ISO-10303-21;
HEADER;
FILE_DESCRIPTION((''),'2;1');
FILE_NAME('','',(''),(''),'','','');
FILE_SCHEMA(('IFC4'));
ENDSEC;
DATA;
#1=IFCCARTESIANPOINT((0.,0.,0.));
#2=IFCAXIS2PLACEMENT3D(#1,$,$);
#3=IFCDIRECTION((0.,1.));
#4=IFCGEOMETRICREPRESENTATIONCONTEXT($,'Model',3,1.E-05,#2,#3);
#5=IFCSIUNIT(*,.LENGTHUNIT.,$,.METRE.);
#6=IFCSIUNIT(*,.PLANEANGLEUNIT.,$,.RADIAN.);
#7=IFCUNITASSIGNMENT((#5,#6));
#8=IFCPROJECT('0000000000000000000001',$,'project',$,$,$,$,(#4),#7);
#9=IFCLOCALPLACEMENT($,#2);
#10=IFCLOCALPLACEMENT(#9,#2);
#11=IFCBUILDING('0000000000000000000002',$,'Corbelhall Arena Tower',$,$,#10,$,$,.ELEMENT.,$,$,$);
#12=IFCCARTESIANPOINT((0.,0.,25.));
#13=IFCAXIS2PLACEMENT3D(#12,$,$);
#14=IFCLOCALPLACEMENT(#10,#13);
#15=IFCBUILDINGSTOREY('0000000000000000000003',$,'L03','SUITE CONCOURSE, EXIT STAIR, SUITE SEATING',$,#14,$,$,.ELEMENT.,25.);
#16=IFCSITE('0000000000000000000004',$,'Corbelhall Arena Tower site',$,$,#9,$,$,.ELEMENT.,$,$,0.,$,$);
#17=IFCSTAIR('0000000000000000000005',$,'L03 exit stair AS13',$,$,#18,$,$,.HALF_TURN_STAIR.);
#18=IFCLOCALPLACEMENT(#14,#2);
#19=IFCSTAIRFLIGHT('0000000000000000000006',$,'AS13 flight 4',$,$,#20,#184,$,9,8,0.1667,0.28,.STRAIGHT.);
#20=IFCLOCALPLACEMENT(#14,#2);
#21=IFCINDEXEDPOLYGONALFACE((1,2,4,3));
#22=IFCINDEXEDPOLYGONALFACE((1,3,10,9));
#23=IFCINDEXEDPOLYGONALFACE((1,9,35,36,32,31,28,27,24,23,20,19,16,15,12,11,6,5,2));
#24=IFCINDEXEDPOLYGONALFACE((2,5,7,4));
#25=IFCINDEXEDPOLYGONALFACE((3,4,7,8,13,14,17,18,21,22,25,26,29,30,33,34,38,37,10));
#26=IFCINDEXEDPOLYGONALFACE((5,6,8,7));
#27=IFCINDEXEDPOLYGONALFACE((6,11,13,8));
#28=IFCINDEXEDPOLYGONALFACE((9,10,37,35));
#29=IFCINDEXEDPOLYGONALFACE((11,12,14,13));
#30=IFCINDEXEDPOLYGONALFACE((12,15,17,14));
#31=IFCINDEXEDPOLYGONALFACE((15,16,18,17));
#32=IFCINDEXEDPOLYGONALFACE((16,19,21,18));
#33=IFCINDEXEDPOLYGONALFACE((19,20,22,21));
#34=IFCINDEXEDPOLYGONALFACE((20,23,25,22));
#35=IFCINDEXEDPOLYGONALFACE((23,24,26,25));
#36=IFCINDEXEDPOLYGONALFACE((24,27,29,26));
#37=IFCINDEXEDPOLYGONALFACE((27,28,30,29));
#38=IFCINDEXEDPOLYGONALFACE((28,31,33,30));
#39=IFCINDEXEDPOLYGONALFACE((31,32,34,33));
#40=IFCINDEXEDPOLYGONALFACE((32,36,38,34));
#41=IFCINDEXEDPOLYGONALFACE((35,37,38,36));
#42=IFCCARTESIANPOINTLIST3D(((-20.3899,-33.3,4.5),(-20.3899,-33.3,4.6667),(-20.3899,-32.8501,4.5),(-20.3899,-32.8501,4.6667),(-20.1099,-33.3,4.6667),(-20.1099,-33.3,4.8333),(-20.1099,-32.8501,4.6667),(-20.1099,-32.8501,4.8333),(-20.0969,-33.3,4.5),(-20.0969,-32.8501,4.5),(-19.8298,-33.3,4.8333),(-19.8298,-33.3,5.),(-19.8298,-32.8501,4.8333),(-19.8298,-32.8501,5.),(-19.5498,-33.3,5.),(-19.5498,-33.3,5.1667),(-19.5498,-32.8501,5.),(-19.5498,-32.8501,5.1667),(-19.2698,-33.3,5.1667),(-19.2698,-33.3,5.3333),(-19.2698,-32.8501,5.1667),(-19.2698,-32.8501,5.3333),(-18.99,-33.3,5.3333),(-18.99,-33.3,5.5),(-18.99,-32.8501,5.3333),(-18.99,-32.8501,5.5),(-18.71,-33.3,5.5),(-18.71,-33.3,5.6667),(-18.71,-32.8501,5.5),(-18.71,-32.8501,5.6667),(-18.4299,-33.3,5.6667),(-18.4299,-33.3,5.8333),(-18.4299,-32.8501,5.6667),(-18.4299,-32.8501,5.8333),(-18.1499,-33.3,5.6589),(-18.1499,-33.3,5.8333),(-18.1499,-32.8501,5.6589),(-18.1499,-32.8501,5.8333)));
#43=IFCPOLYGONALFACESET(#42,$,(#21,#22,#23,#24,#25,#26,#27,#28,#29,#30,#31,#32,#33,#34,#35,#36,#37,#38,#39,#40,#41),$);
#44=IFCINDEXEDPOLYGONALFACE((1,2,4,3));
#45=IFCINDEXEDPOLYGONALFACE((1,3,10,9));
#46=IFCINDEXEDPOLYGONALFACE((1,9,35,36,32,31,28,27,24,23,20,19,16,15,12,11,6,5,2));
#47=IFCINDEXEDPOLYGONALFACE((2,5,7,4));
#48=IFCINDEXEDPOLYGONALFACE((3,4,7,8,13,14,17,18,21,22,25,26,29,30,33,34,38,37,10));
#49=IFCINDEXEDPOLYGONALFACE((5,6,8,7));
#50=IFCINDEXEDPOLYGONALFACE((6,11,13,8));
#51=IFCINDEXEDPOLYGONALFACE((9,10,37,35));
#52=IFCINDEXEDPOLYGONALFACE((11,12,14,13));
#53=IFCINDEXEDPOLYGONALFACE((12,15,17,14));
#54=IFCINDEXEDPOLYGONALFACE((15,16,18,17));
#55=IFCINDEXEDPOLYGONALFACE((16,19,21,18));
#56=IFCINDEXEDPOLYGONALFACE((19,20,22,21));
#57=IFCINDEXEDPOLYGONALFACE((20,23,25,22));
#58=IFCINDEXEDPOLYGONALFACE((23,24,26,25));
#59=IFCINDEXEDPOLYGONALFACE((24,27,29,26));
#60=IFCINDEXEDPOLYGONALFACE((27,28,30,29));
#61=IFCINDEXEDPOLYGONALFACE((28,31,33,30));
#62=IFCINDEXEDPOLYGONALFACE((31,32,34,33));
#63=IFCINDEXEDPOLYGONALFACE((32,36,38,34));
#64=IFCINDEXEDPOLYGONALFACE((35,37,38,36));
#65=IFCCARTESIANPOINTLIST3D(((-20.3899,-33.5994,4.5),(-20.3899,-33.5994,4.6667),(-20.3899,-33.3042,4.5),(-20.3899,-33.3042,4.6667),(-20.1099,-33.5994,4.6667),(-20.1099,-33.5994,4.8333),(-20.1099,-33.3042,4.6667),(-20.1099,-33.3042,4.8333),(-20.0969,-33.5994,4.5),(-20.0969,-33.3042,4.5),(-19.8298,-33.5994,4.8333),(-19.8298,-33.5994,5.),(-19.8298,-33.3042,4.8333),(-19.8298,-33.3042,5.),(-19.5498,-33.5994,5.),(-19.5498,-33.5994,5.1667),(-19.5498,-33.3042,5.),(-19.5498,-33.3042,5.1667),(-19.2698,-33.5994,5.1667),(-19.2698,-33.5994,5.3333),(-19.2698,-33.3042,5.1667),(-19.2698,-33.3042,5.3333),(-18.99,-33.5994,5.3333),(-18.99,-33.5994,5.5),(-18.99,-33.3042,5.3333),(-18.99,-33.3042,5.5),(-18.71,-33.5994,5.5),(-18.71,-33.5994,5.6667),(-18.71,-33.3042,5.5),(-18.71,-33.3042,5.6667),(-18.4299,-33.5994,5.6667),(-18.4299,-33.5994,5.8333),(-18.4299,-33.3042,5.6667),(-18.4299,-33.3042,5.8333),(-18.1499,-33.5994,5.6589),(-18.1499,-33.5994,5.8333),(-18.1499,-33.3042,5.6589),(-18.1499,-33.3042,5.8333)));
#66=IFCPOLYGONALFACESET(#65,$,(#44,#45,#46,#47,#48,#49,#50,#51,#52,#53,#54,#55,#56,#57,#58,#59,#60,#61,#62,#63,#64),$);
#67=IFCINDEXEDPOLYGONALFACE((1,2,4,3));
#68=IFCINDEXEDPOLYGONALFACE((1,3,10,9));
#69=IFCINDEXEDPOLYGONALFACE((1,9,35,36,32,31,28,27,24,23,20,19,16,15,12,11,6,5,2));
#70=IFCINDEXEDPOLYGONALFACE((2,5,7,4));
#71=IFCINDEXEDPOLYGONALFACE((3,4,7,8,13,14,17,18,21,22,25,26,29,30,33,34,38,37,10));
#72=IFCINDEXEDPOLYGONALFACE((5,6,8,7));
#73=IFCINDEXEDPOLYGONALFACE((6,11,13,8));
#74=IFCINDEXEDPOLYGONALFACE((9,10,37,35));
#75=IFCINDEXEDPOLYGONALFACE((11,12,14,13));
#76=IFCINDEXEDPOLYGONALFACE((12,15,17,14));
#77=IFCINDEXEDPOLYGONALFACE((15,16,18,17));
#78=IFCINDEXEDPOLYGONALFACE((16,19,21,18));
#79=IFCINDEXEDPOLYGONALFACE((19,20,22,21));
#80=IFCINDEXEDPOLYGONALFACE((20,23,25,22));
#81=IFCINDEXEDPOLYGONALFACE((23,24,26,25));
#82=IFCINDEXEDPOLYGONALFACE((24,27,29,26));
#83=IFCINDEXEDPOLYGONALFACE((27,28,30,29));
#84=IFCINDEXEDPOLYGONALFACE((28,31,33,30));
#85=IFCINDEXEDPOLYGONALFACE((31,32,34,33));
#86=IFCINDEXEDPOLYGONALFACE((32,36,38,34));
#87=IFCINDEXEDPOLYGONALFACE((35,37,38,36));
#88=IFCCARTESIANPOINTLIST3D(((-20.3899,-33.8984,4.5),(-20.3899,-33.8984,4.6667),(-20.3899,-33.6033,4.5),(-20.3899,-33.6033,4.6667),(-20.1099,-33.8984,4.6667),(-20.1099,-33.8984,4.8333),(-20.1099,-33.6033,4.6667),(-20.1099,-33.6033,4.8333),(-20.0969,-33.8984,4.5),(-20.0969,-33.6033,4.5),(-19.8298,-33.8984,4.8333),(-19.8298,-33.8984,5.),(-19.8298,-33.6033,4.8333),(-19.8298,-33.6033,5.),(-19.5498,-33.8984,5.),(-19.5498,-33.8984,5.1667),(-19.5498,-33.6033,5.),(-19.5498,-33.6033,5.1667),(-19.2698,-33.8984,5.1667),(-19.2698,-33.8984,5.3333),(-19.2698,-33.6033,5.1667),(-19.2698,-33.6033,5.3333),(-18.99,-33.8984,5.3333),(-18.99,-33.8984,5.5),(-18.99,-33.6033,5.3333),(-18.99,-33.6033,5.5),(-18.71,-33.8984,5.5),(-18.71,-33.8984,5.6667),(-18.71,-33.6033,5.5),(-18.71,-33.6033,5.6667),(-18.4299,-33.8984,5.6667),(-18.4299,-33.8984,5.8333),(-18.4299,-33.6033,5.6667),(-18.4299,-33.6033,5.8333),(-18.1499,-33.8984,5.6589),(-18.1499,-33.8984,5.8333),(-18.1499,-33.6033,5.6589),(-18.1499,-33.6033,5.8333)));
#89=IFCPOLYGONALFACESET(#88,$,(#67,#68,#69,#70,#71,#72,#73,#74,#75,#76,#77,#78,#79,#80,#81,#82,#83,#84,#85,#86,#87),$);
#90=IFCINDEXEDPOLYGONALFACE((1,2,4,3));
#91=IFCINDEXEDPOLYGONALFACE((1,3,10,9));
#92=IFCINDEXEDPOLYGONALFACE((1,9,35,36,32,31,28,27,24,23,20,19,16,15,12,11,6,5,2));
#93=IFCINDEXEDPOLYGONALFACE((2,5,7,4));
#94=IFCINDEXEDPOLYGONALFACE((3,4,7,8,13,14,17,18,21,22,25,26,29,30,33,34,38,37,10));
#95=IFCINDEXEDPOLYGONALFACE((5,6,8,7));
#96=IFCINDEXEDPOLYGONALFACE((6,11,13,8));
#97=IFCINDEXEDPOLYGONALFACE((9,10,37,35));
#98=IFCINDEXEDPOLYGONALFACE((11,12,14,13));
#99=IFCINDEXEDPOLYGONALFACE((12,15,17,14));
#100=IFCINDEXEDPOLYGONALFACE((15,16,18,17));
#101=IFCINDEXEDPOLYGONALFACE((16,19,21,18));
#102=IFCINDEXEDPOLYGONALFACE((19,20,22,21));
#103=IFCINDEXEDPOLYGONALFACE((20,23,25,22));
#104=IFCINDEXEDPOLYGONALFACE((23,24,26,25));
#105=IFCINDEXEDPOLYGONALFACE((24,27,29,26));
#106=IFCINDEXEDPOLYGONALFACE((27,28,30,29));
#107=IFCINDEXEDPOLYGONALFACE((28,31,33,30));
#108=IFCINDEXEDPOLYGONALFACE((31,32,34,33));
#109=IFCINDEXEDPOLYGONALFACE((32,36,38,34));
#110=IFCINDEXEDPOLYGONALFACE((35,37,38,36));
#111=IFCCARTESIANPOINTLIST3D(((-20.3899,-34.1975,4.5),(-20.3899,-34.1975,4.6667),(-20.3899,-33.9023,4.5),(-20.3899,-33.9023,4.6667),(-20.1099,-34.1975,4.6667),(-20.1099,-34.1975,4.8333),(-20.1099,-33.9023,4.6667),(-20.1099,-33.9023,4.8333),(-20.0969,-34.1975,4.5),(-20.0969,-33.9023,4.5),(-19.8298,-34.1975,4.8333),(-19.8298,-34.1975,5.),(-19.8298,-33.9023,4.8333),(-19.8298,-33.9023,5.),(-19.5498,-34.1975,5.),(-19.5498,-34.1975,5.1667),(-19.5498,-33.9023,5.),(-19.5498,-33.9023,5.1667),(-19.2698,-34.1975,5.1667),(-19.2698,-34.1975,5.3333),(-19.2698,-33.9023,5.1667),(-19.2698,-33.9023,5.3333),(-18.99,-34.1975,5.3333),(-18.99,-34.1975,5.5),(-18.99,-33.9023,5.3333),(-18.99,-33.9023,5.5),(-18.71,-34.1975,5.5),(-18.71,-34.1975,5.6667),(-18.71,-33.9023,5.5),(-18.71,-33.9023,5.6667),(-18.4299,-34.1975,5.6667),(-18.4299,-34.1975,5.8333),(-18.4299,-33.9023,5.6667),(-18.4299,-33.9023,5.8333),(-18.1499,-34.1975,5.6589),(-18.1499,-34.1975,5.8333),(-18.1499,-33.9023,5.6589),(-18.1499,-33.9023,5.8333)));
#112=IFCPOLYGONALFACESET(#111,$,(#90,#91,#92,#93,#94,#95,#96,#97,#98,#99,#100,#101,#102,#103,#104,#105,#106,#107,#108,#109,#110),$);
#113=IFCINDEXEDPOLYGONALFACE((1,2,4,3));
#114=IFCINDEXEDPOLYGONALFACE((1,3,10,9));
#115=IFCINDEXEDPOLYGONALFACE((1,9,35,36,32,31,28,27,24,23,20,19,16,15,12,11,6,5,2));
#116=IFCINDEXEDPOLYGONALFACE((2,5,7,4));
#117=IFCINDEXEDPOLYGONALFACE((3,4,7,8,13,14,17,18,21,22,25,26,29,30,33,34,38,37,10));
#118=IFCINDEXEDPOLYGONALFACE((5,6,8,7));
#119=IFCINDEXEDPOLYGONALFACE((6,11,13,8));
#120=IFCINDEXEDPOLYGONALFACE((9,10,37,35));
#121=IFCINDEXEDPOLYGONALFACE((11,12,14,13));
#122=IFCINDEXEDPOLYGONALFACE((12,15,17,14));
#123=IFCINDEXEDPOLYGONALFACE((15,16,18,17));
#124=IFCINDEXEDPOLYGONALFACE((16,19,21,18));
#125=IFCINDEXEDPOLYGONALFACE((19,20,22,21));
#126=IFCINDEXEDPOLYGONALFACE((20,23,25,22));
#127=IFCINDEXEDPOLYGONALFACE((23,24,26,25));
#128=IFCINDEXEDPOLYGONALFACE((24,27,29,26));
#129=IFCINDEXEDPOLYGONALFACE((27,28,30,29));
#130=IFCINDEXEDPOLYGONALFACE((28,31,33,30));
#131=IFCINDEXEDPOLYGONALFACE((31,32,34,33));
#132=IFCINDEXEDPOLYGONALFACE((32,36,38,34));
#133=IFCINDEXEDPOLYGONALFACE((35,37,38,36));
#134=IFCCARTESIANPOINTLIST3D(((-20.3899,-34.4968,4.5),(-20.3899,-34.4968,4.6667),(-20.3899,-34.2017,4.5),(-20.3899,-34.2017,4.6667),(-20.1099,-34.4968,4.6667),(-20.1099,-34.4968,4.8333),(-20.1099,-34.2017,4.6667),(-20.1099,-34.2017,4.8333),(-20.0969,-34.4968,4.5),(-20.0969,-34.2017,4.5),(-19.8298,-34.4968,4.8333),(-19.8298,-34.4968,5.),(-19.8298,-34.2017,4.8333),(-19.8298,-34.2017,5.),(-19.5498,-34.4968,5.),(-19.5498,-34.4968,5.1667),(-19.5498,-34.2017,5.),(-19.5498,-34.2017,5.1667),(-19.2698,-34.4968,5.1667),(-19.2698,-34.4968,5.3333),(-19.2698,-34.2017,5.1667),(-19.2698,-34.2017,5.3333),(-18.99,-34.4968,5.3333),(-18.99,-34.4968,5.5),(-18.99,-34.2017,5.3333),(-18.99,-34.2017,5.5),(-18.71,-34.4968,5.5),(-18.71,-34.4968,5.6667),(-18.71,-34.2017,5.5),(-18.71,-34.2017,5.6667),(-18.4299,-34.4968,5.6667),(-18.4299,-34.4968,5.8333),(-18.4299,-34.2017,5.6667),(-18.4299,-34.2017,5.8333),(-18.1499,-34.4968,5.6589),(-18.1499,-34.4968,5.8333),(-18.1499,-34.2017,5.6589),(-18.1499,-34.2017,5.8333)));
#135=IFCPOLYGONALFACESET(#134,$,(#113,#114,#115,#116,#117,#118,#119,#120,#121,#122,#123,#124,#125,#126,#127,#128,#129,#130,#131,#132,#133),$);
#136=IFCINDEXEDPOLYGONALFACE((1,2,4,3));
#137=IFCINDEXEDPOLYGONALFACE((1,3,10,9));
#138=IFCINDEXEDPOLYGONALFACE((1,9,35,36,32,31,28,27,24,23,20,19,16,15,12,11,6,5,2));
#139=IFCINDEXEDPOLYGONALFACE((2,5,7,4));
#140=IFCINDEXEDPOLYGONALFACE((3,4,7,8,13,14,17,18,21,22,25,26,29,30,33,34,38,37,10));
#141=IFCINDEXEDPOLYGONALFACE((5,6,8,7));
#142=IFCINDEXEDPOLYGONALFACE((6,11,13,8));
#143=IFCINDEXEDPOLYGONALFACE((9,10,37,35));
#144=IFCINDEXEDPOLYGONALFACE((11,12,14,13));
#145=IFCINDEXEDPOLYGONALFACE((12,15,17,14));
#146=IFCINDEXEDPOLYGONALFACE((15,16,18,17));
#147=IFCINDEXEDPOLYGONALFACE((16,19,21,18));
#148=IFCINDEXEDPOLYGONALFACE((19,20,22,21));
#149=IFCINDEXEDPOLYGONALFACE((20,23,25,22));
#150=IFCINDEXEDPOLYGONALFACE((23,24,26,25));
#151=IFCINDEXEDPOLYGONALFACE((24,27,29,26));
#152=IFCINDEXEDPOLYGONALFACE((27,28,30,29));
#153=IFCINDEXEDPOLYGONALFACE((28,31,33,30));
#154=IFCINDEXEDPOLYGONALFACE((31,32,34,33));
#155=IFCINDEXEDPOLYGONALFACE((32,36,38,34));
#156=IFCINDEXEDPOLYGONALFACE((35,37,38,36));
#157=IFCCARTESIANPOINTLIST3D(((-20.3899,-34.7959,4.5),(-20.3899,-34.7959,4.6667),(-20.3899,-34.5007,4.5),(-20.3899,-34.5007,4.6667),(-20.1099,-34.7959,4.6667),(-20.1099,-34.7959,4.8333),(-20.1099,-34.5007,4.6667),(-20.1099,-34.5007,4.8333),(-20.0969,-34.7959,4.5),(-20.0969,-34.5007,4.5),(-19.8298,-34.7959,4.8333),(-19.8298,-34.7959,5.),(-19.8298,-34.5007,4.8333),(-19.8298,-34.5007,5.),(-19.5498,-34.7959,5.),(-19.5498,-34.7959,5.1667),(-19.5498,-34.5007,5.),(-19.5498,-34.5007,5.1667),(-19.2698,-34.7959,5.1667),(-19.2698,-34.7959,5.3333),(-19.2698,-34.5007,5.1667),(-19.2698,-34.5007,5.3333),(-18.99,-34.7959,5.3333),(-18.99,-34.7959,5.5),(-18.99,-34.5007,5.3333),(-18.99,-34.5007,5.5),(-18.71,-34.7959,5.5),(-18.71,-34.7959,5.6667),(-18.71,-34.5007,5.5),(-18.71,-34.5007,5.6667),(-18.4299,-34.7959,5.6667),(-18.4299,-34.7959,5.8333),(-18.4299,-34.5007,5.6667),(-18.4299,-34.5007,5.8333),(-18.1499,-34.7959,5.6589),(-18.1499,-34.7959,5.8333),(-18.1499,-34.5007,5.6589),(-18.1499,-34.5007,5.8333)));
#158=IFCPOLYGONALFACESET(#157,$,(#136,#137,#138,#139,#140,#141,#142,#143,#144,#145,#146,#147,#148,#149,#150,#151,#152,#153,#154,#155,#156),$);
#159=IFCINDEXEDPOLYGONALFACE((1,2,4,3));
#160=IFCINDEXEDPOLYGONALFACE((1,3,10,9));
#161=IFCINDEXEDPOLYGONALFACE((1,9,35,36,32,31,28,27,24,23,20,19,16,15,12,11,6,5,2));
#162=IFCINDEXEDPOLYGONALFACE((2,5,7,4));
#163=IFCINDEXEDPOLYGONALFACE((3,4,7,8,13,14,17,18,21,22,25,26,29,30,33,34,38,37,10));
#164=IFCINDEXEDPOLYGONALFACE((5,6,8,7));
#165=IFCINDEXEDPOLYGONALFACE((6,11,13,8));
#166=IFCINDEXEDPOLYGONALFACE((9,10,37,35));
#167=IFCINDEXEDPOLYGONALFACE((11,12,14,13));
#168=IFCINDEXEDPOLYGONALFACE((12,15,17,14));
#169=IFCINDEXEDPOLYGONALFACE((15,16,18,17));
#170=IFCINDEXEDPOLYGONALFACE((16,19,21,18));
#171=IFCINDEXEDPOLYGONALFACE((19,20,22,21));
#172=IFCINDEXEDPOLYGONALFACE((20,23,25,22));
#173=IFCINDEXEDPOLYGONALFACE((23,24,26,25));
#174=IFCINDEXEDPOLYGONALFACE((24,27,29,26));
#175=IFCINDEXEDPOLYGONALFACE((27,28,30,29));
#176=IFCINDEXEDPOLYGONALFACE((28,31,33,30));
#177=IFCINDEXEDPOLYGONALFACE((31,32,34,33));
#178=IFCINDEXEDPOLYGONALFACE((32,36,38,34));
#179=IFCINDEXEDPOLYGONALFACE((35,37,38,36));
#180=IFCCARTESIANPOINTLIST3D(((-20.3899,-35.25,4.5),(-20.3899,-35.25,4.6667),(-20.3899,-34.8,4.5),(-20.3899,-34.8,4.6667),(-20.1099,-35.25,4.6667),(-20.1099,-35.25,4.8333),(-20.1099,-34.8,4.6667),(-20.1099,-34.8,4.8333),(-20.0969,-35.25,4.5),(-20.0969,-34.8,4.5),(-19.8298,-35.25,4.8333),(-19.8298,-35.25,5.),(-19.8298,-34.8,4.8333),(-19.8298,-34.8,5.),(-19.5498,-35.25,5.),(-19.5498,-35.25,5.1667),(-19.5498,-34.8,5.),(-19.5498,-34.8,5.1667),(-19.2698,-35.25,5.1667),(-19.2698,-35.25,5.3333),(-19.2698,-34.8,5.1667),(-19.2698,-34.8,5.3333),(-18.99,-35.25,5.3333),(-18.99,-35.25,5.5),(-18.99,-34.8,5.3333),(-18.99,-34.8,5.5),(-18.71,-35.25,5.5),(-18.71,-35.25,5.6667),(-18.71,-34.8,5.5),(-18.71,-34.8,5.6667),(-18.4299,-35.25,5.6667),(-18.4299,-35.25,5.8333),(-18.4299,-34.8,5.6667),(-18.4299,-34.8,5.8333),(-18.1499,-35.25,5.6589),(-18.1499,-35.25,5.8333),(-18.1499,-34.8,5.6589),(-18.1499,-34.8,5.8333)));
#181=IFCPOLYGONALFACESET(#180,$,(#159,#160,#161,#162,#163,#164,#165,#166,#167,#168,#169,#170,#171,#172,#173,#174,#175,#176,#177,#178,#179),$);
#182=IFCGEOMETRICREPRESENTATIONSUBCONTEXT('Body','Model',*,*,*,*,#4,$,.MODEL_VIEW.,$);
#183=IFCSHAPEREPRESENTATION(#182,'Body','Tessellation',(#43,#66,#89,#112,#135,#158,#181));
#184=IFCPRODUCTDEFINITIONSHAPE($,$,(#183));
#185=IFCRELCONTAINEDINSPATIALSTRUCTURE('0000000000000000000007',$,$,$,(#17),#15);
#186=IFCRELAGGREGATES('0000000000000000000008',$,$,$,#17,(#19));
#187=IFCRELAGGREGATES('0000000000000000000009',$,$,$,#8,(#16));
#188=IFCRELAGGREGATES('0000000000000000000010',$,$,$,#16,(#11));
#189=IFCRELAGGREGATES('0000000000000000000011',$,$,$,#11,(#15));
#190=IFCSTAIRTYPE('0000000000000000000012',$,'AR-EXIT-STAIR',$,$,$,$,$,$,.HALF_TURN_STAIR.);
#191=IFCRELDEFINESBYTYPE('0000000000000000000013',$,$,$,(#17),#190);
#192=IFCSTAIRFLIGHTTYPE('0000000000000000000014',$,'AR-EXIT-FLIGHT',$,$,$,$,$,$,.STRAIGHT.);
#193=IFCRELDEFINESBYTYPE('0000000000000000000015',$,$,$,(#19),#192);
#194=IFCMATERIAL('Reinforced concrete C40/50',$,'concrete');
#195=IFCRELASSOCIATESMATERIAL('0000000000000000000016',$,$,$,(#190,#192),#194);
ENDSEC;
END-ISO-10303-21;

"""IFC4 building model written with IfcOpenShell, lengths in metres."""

from ifc_helpers import new_model, si_unit, direction, frame, origin, place, context, subcontext, project, spatial, polyline, outline, extrude, material, type_object, element, aggregate, save


model = new_model("IFC4")

# Units and contexts
model_context = context("Model", 3, precision=1e-05, world=origin(), true_north=direction((0.0, 1.0)))
body_context = subcontext(model_context, "Body", "Model", "MODEL_VIEW")
ifc_project = project(units=[si_unit("LENGTHUNIT", "METRE"), si_unit("PLANEANGLEUNIT", "RADIAN")], contexts=[model_context])

# Site, building, storey
site_placement = place(None, origin())
site = spatial("IfcSite", under=ifc_project, at=site_placement, Name="Corbelhall Arena Tower site", CompositionType="ELEMENT", RefElevation=0.0)
building_placement = place(site_placement, origin())
building = spatial("IfcBuilding", under=site, at=building_placement, Name="Corbelhall Arena Tower", CompositionType="ELEMENT")
storey_placement = place(building_placement, frame((0.0, 0.0, 25.0)))
storey = spatial("IfcBuildingStorey", under=building, at=storey_placement, Name="L03", Description="SUITE CONCOURSE, EXIT STAIR, SUITE SEATING", CompositionType="ELEMENT", Elevation=25.0)

# Shared definitions
ifc_material_1 = material(Name="Reinforced concrete C40/50", Category="concrete")

# Stair, stair flight
stair_type = type_object("IfcStairType", Name="AR-EXIT-STAIR", PredefinedType="HALF_TURN_STAIR", material=ifc_material_1)
stair_placement = place(storey_placement, origin())
stair = element("IfcStair", 1, at=stair_placement, inside=storey, type_object=stair_type, Name="L03 exit stair AS13", PredefinedType="HALF_TURN_STAIR")
stair_flight_type = type_object("IfcStairFlightType", Name="AR-EXIT-FLIGHT", PredefinedType="STRAIGHT", material=ifc_material_1)
stair_flight_1_placement = place(storey_placement, frame((-20.3899, -34.05, 4.5), z_axis=(0.0, 0.0, 1.0), x_axis=(1.0, 0.0, 0.0)))
stair_flight_1 = element("IfcStairFlight", 2, at=stair_flight_1_placement, type_object=stair_flight_type, Name="AS13 flight 4", NumberOfRisers=9, NumberOfTreads=8, PredefinedType="STRAIGHT", RiserHeight=0.1667, TreadLength=0.28, context=body_context, shape_type="SweptSolid", body=[
    extrude(outline(polyline([(0.0, 0.0), (0.0, 0.1667), (0.28, 0.1667), (0.28, 0.3333), (0.5601, 0.3333), (0.5601, 0.5), (0.8401, 0.5), (0.8401, 0.6667), (1.1201, 0.6667), (1.1201, 0.8333), (1.3999, 0.8333), (1.3999, 1.0), (1.6799, 1.0), (1.6799, 1.1667), (1.96, 1.1667), (1.96, 1.3333), (2.24, 1.3333), (2.24, 1.5), (2.24, 1.1589), (0.293, 0.0), (0.0, 0.0)])), frame((0.0, 1.2, 0.0), z_axis=(0.0, -1.0, 0.0), x_axis=(1.0, 0.0, 0.0)), (0.0, 0.0, 1.0), 0.45),
    extrude(outline(polyline([(0.0, 0.0), (0.0, 0.1667), (0.28, 0.1667), (0.28, 0.3333), (0.5601, 0.3333), (0.5601, 0.5), (0.8401, 0.5), (0.8401, 0.6667), (1.1201, 0.6667), (1.1201, 0.8333), (1.3999, 0.8333), (1.3999, 1.0), (1.6799, 1.0), (1.6799, 1.1667), (1.96, 1.1667), (1.96, 1.3333), (2.24, 1.3333), (2.24, 1.5), (2.24, 1.1589), (0.293, 0.0), (0.0, 0.0)])), frame((0.0, 0.7458, 0.0), z_axis=(0.0, -1.0, 0.0), x_axis=(1.0, 0.0, 0.0)), (0.0, 0.0, 1.0), 0.2952),
    extrude(outline(polyline([(0.0, 0.0), (0.0, 0.1667), (0.28, 0.1667), (0.28, 0.3333), (0.5601, 0.3333), (0.5601, 0.5), (0.8401, 0.5), (0.8401, 0.6667), (1.1201, 0.6667), (1.1201, 0.8333), (1.3999, 0.8333), (1.3999, 1.0), (1.6799, 1.0), (1.6799, 1.1667), (1.96, 1.1667), (1.96, 1.3333), (2.24, 1.3333), (2.24, 1.5), (2.24, 1.1589), (0.293, 0.0), (0.0, 0.0)])), frame((0.0, 0.4468, 0.0), z_axis=(0.0, -1.0, 0.0), x_axis=(1.0, 0.0, 0.0)), (0.0, 0.0, 1.0), 0.2952),
    extrude(outline(polyline([(0.0, 0.0), (0.0, 0.1667), (0.28, 0.1667), (0.28, 0.3333), (0.5601, 0.3333), (0.5601, 0.5), (0.8401, 0.5), (0.8401, 0.6667), (1.1201, 0.6667), (1.1201, 0.8333), (1.3999, 0.8333), (1.3999, 1.0), (1.6799, 1.0), (1.6799, 1.1667), (1.96, 1.1667), (1.96, 1.3333), (2.24, 1.3333), (2.24, 1.5), (2.24, 1.1589), (0.293, 0.0), (0.0, 0.0)])), frame((0.0, 0.1477, 0.0), z_axis=(0.0, -1.0, 0.0), x_axis=(1.0, 0.0, 0.0)), (0.0, 0.0, 1.0), 0.2952),
    extrude(outline(polyline([(0.0, 0.0), (0.0, 0.1667), (0.28, 0.1667), (0.28, 0.3333), (0.5601, 0.3333), (0.5601, 0.5), (0.8401, 0.5), (0.8401, 0.6667), (1.1201, 0.6667), (1.1201, 0.8333), (1.3999, 0.8333), (1.3999, 1.0), (1.6799, 1.0), (1.6799, 1.1667), (1.96, 1.1667), (1.96, 1.3333), (2.24, 1.3333), (2.24, 1.5), (2.24, 1.1589), (0.293, 0.0), (0.0, 0.0)])), frame((0.0, -0.1516, 0.0), z_axis=(0.0, -1.0, 0.0), x_axis=(1.0, 0.0, 0.0)), (0.0, 0.0, 1.0), 0.2952),
    extrude(outline(polyline([(0.0, 0.0), (0.0, 0.1667), (0.28, 0.1667), (0.28, 0.3333), (0.5601, 0.3333), (0.5601, 0.5), (0.8401, 0.5), (0.8401, 0.6667), (1.1201, 0.6667), (1.1201, 0.8333), (1.3999, 0.8333), (1.3999, 1.0), (1.6799, 1.0), (1.6799, 1.1667), (1.96, 1.1667), (1.96, 1.3333), (2.24, 1.3333), (2.24, 1.5), (2.24, 1.1589), (0.293, 0.0), (0.0, 0.0)])), frame((0.0, -0.4507, 0.0), z_axis=(0.0, -1.0, 0.0), x_axis=(1.0, 0.0, 0.0)), (0.0, 0.0, 1.0), 0.2952),
    extrude(outline(polyline([(0.0, 0.0), (0.0, 0.1667), (0.28, 0.1667), (0.28, 0.3333), (0.5601, 0.3333), (0.5601, 0.5), (0.8401, 0.5), (0.8401, 0.6667), (1.1201, 0.6667), (1.1201, 0.8333), (1.3999, 0.8333), (1.3999, 1.0), (1.6799, 1.0), (1.6799, 1.1667), (1.96, 1.1667), (1.96, 1.3333), (2.24, 1.3333), (2.24, 1.5), (2.24, 1.1589), (0.293, 0.0), (0.0, 0.0)])), frame((0.0, -0.75, 0.0), z_axis=(0.0, -1.0, 0.0), x_axis=(1.0, 0.0, 0.0)), (0.0, 0.0, 1.0), 0.45),
])
aggregate(stair, [stair_flight_1])

save(model, "model.ifc")
